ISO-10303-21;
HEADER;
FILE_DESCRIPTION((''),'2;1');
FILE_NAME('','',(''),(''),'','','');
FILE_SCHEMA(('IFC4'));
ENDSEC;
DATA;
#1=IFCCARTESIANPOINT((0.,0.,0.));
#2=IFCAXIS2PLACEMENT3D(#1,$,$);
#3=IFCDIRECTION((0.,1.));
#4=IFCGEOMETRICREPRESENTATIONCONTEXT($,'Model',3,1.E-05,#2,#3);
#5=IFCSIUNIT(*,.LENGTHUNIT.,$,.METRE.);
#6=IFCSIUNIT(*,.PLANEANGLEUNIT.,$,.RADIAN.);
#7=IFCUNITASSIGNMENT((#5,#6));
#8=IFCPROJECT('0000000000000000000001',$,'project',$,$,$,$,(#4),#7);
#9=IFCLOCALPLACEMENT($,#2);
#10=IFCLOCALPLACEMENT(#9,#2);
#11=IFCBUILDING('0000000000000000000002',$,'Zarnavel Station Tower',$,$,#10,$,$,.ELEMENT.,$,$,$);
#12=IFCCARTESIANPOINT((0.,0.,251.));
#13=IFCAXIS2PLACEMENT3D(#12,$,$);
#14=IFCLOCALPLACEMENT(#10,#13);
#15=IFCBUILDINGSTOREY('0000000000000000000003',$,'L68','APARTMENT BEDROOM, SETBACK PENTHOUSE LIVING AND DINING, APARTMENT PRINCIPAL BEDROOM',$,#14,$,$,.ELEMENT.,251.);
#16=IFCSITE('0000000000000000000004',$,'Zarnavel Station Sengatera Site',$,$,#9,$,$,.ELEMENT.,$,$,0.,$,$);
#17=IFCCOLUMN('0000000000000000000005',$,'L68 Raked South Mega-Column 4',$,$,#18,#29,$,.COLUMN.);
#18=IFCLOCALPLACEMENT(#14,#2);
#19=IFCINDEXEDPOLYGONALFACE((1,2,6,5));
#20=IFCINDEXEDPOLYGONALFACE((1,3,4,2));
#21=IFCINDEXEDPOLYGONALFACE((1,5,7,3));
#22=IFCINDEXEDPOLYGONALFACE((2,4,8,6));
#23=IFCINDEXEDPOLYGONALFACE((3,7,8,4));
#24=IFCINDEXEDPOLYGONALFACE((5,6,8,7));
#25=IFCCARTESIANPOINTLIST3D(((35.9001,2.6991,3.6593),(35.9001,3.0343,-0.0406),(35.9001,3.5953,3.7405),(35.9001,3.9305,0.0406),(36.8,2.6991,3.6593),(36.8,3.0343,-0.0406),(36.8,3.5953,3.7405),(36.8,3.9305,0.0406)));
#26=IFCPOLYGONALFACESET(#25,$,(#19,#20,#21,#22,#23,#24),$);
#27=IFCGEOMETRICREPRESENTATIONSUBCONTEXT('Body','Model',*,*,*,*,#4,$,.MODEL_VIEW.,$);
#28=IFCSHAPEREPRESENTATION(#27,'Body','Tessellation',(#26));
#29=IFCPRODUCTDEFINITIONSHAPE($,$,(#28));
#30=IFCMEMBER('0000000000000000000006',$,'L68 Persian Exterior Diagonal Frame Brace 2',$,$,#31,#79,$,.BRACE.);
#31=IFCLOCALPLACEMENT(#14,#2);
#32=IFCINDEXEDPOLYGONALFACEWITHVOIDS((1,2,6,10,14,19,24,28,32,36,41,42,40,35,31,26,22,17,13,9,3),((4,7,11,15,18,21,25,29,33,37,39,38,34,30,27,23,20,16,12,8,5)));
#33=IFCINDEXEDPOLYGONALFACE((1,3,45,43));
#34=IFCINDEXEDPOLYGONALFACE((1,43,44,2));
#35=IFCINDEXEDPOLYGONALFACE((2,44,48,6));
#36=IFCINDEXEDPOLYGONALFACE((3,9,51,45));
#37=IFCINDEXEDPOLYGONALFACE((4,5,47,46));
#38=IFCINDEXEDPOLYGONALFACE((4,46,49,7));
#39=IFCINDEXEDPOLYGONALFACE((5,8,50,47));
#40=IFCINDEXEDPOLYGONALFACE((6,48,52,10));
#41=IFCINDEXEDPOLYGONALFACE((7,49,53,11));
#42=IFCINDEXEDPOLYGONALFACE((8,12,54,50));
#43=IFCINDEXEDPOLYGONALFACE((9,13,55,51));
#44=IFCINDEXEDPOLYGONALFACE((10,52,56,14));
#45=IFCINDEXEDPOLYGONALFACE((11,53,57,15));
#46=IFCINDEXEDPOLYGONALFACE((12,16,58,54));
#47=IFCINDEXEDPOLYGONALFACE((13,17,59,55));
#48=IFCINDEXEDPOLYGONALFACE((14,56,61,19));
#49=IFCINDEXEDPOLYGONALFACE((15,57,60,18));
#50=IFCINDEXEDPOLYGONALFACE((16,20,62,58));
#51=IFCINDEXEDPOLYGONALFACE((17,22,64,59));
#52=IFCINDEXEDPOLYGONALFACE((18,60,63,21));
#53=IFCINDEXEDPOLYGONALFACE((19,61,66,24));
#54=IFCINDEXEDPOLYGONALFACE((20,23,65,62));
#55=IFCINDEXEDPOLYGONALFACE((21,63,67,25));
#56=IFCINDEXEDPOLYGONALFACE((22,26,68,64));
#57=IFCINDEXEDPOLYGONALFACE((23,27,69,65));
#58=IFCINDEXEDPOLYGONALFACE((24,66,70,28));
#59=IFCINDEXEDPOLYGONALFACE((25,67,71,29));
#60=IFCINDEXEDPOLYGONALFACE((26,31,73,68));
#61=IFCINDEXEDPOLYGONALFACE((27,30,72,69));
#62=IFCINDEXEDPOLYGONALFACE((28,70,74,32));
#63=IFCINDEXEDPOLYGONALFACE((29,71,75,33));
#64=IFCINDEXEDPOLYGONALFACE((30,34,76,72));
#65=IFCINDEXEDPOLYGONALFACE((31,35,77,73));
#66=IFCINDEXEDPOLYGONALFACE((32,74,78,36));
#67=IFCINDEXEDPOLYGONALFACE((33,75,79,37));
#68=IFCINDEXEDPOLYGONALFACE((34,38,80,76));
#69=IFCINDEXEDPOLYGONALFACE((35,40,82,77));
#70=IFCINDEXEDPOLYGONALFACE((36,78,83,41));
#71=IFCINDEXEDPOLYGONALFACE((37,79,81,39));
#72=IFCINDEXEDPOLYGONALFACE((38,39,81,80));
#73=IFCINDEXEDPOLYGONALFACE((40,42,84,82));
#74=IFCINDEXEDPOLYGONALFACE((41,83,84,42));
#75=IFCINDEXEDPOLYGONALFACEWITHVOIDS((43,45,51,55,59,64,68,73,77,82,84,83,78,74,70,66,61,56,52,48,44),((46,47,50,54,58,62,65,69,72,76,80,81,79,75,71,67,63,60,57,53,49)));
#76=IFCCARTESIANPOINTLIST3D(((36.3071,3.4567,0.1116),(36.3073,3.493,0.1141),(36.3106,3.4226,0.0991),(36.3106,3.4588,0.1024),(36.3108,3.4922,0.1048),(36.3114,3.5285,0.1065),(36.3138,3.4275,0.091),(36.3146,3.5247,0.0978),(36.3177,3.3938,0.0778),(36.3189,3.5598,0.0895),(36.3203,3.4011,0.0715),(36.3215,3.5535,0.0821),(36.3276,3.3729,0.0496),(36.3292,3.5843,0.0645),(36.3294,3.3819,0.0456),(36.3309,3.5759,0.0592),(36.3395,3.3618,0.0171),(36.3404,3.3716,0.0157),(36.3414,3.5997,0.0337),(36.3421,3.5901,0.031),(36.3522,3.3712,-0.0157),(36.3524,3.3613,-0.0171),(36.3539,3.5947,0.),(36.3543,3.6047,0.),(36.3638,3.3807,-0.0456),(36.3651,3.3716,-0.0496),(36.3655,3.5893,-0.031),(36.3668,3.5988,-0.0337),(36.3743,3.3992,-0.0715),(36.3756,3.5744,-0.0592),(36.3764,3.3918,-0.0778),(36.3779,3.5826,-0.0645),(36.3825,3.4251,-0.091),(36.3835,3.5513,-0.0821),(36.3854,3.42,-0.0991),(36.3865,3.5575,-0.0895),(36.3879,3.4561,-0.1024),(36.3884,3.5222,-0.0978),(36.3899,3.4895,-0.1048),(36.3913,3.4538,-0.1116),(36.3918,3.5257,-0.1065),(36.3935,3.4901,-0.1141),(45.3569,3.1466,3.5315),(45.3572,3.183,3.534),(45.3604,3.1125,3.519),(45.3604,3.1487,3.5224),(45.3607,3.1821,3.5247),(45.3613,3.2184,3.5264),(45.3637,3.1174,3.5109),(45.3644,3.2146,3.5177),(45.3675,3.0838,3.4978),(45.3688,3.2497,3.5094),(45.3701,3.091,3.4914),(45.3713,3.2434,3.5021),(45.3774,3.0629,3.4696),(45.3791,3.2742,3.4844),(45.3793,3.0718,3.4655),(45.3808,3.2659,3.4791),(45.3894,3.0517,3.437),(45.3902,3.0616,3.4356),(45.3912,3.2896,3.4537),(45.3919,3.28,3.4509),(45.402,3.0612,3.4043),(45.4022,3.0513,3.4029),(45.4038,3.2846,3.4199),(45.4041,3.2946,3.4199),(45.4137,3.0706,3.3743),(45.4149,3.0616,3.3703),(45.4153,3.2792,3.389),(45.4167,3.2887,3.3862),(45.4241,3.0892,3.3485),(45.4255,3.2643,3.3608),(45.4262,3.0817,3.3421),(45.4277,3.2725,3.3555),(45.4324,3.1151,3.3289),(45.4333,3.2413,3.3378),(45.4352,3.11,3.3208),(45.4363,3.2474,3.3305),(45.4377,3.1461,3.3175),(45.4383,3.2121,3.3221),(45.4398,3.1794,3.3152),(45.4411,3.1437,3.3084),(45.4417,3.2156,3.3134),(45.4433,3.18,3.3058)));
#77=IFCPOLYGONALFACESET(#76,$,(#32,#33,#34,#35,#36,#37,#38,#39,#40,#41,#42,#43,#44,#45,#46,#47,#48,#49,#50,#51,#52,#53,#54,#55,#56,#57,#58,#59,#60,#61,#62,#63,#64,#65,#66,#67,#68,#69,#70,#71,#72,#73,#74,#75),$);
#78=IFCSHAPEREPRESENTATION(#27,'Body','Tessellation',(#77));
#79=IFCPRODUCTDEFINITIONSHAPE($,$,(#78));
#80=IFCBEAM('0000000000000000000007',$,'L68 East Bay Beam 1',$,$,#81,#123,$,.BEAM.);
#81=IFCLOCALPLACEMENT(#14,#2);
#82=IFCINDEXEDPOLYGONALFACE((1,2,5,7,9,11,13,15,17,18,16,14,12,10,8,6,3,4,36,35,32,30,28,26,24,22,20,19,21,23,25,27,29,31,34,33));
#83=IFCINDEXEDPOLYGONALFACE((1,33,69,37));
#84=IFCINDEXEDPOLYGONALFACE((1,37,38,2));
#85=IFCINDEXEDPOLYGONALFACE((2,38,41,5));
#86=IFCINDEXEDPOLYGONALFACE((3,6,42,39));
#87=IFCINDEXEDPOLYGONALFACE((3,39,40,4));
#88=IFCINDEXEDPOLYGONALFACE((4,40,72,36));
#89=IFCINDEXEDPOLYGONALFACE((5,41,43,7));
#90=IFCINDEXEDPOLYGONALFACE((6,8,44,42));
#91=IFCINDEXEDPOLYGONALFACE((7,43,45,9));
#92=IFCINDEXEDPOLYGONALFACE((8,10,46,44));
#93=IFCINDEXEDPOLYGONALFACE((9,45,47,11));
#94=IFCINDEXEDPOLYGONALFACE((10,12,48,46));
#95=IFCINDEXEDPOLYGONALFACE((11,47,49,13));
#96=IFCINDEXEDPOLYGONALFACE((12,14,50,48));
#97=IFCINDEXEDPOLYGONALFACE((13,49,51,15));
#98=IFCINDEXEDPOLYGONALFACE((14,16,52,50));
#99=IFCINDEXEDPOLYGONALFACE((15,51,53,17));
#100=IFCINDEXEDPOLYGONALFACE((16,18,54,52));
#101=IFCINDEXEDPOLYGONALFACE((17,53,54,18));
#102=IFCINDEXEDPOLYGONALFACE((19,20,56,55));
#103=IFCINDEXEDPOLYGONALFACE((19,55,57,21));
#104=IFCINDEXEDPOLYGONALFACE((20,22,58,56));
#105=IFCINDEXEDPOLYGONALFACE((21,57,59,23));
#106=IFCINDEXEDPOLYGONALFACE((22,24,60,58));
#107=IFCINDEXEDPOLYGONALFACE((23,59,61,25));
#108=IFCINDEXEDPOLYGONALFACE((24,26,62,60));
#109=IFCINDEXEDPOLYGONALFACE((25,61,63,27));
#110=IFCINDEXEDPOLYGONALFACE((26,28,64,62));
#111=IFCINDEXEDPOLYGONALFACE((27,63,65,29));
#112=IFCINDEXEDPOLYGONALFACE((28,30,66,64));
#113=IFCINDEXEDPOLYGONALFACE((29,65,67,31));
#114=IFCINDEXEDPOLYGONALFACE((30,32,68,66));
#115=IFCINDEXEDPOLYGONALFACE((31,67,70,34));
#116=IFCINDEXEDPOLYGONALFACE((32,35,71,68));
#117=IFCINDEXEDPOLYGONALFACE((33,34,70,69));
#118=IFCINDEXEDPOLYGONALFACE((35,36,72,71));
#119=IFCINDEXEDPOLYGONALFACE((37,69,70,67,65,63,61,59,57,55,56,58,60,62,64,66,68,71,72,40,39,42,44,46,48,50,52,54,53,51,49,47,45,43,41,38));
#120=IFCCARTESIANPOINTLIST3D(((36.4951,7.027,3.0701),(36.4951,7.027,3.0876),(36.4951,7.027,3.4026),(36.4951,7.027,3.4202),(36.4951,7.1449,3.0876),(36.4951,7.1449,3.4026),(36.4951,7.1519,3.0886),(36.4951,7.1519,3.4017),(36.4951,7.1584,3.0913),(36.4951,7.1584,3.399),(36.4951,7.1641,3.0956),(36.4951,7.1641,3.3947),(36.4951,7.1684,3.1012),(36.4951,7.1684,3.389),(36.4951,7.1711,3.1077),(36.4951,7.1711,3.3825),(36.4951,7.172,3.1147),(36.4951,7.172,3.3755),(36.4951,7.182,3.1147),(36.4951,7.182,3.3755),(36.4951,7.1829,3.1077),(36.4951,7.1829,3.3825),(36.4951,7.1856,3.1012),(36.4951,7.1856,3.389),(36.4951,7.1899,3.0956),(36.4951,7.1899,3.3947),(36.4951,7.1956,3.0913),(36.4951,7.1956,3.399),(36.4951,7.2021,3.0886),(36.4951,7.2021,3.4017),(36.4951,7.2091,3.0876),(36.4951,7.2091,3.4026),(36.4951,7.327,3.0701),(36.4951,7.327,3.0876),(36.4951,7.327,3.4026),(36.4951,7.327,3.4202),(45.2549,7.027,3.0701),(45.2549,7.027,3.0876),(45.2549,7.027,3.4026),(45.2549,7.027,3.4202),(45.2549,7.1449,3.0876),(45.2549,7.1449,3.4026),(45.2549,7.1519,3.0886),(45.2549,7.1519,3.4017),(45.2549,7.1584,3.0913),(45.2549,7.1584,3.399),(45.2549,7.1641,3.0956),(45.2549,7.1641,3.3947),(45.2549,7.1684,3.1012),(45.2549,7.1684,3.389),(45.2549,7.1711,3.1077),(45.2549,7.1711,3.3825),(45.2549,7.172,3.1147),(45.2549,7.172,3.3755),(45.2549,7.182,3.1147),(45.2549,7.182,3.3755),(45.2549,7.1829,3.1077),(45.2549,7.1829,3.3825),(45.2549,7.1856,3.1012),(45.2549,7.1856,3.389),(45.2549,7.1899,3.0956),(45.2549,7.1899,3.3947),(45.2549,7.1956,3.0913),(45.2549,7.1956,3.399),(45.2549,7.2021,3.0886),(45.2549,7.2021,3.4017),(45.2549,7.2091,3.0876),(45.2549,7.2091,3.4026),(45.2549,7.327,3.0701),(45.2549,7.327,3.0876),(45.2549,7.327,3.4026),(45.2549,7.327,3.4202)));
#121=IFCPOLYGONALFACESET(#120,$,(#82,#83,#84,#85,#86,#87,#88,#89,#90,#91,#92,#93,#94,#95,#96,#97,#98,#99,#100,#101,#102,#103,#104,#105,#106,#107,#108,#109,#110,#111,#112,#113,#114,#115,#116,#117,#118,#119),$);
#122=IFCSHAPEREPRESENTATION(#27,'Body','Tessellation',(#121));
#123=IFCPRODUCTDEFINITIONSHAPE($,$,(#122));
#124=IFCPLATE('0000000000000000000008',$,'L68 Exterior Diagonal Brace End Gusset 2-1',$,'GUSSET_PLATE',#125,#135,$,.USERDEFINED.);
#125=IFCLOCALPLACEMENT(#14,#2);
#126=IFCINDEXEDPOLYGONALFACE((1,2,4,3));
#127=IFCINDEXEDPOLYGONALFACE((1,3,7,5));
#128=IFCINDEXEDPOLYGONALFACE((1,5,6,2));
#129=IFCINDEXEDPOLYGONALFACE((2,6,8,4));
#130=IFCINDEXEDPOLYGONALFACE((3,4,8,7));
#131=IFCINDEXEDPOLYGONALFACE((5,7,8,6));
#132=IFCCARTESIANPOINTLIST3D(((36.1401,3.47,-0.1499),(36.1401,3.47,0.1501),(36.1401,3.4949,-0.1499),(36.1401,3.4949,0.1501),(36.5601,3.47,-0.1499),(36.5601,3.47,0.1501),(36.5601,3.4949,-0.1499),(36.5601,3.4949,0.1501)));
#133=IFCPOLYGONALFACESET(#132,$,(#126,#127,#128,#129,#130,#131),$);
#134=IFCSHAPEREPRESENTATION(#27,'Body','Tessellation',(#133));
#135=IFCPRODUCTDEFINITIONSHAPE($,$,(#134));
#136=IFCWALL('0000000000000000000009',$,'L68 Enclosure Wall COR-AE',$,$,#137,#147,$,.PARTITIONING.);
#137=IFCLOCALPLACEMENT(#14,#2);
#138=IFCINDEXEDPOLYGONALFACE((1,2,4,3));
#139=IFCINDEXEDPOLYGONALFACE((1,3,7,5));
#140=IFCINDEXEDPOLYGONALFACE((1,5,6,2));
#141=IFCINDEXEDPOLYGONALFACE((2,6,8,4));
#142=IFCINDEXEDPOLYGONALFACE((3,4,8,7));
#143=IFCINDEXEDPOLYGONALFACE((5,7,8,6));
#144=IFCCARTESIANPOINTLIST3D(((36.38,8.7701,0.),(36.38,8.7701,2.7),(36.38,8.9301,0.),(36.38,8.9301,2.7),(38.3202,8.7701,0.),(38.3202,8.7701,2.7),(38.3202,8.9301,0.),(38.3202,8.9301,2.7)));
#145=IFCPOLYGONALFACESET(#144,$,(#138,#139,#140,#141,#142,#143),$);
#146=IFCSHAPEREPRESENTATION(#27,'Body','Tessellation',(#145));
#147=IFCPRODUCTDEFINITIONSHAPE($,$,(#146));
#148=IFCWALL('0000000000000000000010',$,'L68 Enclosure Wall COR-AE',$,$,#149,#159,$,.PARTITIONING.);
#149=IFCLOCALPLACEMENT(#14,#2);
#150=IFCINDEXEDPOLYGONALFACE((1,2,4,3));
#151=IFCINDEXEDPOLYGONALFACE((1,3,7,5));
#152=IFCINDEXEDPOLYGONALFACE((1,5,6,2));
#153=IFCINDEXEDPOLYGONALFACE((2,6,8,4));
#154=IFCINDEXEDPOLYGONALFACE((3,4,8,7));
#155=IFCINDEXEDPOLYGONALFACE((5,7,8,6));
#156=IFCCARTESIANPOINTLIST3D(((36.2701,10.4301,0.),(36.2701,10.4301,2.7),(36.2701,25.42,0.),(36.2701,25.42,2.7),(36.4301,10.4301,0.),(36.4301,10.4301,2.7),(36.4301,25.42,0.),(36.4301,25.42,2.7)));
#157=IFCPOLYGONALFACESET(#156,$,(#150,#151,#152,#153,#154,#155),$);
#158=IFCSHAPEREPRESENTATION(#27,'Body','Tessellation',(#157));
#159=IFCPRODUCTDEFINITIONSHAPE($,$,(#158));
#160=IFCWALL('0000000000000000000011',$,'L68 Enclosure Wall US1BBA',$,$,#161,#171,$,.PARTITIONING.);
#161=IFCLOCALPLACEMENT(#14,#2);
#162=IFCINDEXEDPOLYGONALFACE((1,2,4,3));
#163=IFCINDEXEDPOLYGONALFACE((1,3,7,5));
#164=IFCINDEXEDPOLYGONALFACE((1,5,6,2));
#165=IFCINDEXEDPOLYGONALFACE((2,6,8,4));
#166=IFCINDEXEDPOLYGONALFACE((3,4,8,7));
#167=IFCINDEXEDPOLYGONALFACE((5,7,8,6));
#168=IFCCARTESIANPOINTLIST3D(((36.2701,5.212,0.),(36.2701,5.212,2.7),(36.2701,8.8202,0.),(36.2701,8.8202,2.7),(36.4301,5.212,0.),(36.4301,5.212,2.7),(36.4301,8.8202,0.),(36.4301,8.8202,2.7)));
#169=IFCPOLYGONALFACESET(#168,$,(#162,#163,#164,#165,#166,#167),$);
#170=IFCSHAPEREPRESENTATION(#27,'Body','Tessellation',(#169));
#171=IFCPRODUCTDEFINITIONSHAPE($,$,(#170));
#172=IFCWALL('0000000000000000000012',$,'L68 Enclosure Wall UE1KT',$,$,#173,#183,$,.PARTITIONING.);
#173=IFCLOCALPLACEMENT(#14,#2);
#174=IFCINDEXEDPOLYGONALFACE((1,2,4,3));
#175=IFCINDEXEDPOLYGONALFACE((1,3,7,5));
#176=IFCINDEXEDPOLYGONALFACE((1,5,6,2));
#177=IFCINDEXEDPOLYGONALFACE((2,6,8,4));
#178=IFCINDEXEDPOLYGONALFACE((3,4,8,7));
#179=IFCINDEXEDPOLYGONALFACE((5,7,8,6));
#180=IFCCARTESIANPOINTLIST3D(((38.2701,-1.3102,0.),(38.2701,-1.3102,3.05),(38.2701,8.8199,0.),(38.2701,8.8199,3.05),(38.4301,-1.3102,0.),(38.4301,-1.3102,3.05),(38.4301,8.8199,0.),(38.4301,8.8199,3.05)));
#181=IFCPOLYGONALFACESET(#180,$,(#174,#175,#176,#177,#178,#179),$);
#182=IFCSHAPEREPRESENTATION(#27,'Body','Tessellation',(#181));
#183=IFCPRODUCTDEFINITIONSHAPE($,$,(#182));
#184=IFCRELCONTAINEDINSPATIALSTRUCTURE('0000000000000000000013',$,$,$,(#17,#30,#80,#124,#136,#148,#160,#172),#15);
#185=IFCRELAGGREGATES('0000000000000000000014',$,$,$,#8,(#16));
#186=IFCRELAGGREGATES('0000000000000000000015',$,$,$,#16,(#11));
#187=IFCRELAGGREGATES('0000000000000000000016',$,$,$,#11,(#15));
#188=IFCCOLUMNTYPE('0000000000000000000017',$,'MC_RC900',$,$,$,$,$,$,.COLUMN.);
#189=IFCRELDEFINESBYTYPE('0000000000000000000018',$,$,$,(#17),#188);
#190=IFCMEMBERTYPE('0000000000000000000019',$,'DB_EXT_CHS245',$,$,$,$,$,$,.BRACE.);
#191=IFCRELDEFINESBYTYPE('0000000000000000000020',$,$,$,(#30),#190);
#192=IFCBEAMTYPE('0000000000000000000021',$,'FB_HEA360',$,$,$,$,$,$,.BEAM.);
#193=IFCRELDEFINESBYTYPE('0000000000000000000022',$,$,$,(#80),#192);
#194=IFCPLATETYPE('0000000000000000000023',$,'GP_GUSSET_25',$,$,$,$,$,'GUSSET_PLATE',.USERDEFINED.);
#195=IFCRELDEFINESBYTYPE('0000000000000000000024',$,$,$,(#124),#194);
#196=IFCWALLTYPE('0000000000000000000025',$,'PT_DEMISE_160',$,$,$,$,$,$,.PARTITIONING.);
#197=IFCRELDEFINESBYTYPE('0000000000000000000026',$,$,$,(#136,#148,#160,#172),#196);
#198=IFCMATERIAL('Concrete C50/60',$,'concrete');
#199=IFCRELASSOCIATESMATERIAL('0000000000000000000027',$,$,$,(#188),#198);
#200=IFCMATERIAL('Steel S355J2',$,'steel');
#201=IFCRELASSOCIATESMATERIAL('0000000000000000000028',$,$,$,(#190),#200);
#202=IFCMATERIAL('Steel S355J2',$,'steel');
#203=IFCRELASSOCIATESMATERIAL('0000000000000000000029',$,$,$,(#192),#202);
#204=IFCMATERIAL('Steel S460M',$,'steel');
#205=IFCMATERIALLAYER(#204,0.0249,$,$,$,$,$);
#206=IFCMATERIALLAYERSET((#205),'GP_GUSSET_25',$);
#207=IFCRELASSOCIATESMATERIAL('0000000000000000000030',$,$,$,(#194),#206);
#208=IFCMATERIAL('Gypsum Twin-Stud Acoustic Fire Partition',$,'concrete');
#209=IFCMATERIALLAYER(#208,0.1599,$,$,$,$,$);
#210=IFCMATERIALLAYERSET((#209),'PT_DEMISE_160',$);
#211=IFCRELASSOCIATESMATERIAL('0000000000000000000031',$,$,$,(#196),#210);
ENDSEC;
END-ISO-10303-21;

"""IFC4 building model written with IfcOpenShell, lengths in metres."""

from ifc_helpers import new_model, si_unit, direction, frame, frame_2d, origin, origin_2d, place, context, subcontext, project, spatial, rectangle, hollow_circle, i_section, extrude, material, layer, layer_set, material_profile, profile_set, type_object, element, save


model = new_model("IFC4")

# Units and contexts
model_context = context("Model", 3, precision=1e-05, world=origin(), true_north=direction((0.0, 1.0)))
body_context = subcontext(model_context, "Body", "Model", "MODEL_VIEW")
ifc_project = project(units=[si_unit("LENGTHUNIT", "METRE"), si_unit("PLANEANGLEUNIT", "RADIAN")], contexts=[model_context])

# Site, building, storey
site_placement = place(None, origin())
site = spatial("IfcSite", under=ifc_project, at=site_placement, Name="Zarnavel Station Sengatera Site", CompositionType="ELEMENT", RefElevation=0.0)
building_placement = place(site_placement, origin())
building = spatial("IfcBuilding", under=site, at=building_placement, Name="Zarnavel Station Tower", CompositionType="ELEMENT")
storey_placement = place(building_placement, frame((0.0, 0.0, 251.0)))
storey = spatial("IfcBuildingStorey", under=building, at=storey_placement, Name="L68", Description="APARTMENT BEDROOM, SETBACK PENTHOUSE LIVING AND DINING, APARTMENT PRINCIPAL BEDROOM", CompositionType="ELEMENT", Elevation=251.0)

# Column
ifc_material_1 = material(Name="Concrete C50/60", Category="concrete")
ifc_material_profile_1 = material_profile(ifc_material_1, rectangle(XDim=0.8999, YDim=0.8999, at=origin_2d()), Name="RC900x900")
ifc_profile_set_1 = profile_set([ifc_material_profile_1], Name="Concrete C50/60")
column_type = type_object("IfcColumnType", Name="MC_RC900", PredefinedType="COLUMN", material=ifc_profile_set_1)
column_placement = place(storey_placement, frame((36.3501, 3.4824, 0.0), z_axis=(0.0, -0.090228, 0.995921), x_axis=(1.0, 0.0, 0.0)))
element("IfcColumn", 1, at=column_placement, inside=storey, type_object=column_type, Name="L68 Raked South Mega-Column 4", PredefinedType="COLUMN", context=body_context, shape_type="SweptSolid", body=[
    extrude(rectangle(XDim=0.8999, YDim=0.8999, at=origin_2d()), origin(), (0.0, 0.0, 1.0), 3.7151),
])

# Member
ifc_material_2 = material(Name="Steel S355J2", Category="steel")
ifc_material_profile_2 = material_profile(ifc_material_2, hollow_circle(Radius=0.1223, WallThickness=0.01, at=origin_2d()), Name="CHS244.5x10")
ifc_profile_set_2 = profile_set([ifc_material_profile_2], Name="Steel S355J2")
member_type = type_object("IfcMemberType", Name="DB_EXT_CHS245", PredefinedType="BRACE", material=ifc_profile_set_2)
member_placement = place(storey_placement, frame((36.3501, 3.4824, 0.0), z_axis=(0.934954, -0.032033, 0.353319), x_axis=(0.034241, 0.999414, 0.0)))
element("IfcMember", 2, at=member_placement, inside=storey, type_object=member_type, Name="L68 Persian Exterior Diagonal Frame Brace 2", PredefinedType="BRACE", context=body_context, shape_type="SweptSolid", body=[
    extrude(hollow_circle(Radius=0.1223, WallThickness=0.01, at=origin_2d()), origin(), (0.0, 0.0, 1.0), 9.6794),
])

# Beam
ifc_material_3 = material(Name="Steel S355J2", Category="steel")
ifc_material_profile_3 = material_profile(ifc_material_3, i_section(OverallWidth=0.3, OverallDepth=0.3501, WebThickness=0.01, FlangeThickness=0.0176, FilletRadius=0.0271, at=origin_2d()), Name="HEA360")
ifc_profile_set_3 = profile_set([ifc_material_profile_3], Name="Steel S355J2")
beam_type = type_object("IfcBeamType", Name="FB_HEA360", PredefinedType="BEAM", material=ifc_profile_set_3)
beam_placement = place(storey_placement, frame((36.4951, 7.177, 3.2451), z_axis=(1.0, 0.0, 0.0), x_axis=(0.0, 1.0, 0.0)))
element("IfcBeam", 3, at=beam_placement, inside=storey, type_object=beam_type, Name="L68 East Bay Beam 1", PredefinedType="BEAM", context=body_context, shape_type="SweptSolid", body=[
    extrude(i_section(OverallWidth=0.3, OverallDepth=0.3501, WebThickness=0.01, FlangeThickness=0.0176, FilletRadius=0.0271, at=origin_2d()), origin(), (0.0, 0.0, 1.0), 8.7598),
])

# Plate
ifc_material_4 = material(Name="Steel S460M", Category="steel")
ifc_layer_1 = layer(ifc_material_4, 0.0249)
ifc_layer_set_1 = layer_set([ifc_layer_1], Name="GP_GUSSET_25")
plate_type = type_object("IfcPlateType", Name="GP_GUSSET_25", ElementType="GUSSET_PLATE", PredefinedType="USERDEFINED", material=ifc_layer_set_1)
plate_placement = place(storey_placement, frame((36.3501, 3.4824, -0.1499), z_axis=(0.0, 0.0, 1.0), x_axis=(1.0, 0.0, 0.0)))
element("IfcPlate", 4, at=plate_placement, inside=storey, type_object=plate_type, Name="L68 Exterior Diagonal Brace End Gusset 2-1", ObjectType="GUSSET_PLATE", PredefinedType="USERDEFINED", context=body_context, shape_type="SweptSolid", body=[
    extrude(rectangle(XDim=0.4199, YDim=0.0249, at=origin_2d()), origin(), (0.0, 0.0, 1.0), 0.3),
])

# Walls
ifc_material_5 = material(Name="Gypsum Twin-Stud Acoustic Fire Partition", Category="concrete")
ifc_layer_2 = layer(ifc_material_5, 0.1599)
ifc_layer_set_2 = layer_set([ifc_layer_2], Name="PT_DEMISE_160")
wall_type_1 = type_object("IfcWallType", Name="PT_DEMISE_160", PredefinedType="PARTITIONING", material=ifc_layer_set_2)
wall_1_placement = place(storey_placement, frame((36.3799, 8.8501, 0.0), z_axis=(0.0, 0.0, 1.0), x_axis=(1.0, 0.0, 0.0)))
element("IfcWall", 5, at=wall_1_placement, inside=storey, type_object=wall_type_1, Name="L68 Enclosure Wall COR-AE", PredefinedType="PARTITIONING", context=body_context, shape_type="SweptSolid", body=[
    extrude(rectangle(XDim=1.9402, YDim=0.1599, at=frame_2d((0.9702, 0.0))), origin(), (0.0, 0.0, 1.0), 2.7),
])
wall_2_placement = place(storey_placement, frame((36.3501, 10.4299, 0.0), z_axis=(0.0, 0.0, 1.0), x_axis=(0.0, 1.0, 0.0)))
element("IfcWall", 6, at=wall_2_placement, inside=storey, type_object=wall_type_1, Name="L68 Enclosure Wall COR-AE", PredefinedType="PARTITIONING", context=body_context, shape_type="SweptSolid", body=[
    extrude(rectangle(XDim=14.99, YDim=0.1599, at=frame_2d((7.4951, 0.0))), origin(), (0.0, 0.0, 1.0), 2.7),
])
wall_3_placement = place(storey_placement, frame((36.3501, 5.2119, 0.0), z_axis=(0.0, 0.0, 1.0), x_axis=(0.0, 1.0, 0.0)))
element("IfcWall", 7, at=wall_3_placement, inside=storey, type_object=wall_type_1, Name="L68 Enclosure Wall US1BBA", PredefinedType="PARTITIONING", context=body_context, shape_type="SweptSolid", body=[
    extrude(rectangle(XDim=3.6082, YDim=0.1599, at=frame_2d((1.8042, 0.0))), origin(), (0.0, 0.0, 1.0), 2.7),
])
wall_4_placement = place(storey_placement, frame((38.3501, -1.3101, 0.0), z_axis=(0.0, 0.0, 1.0), x_axis=(0.0, 1.0, 0.0)))
element("IfcWall", 8, at=wall_4_placement, inside=storey, type_object=wall_type_1, Name="L68 Enclosure Wall UE1KT", PredefinedType="PARTITIONING", context=body_context, shape_type="SweptSolid", body=[
    extrude(rectangle(XDim=10.1301, YDim=0.1599, at=frame_2d((5.0649, 0.0))), origin(), (0.0, 0.0, 1.0), 3.05),
])

save(model, "model.ifc")
